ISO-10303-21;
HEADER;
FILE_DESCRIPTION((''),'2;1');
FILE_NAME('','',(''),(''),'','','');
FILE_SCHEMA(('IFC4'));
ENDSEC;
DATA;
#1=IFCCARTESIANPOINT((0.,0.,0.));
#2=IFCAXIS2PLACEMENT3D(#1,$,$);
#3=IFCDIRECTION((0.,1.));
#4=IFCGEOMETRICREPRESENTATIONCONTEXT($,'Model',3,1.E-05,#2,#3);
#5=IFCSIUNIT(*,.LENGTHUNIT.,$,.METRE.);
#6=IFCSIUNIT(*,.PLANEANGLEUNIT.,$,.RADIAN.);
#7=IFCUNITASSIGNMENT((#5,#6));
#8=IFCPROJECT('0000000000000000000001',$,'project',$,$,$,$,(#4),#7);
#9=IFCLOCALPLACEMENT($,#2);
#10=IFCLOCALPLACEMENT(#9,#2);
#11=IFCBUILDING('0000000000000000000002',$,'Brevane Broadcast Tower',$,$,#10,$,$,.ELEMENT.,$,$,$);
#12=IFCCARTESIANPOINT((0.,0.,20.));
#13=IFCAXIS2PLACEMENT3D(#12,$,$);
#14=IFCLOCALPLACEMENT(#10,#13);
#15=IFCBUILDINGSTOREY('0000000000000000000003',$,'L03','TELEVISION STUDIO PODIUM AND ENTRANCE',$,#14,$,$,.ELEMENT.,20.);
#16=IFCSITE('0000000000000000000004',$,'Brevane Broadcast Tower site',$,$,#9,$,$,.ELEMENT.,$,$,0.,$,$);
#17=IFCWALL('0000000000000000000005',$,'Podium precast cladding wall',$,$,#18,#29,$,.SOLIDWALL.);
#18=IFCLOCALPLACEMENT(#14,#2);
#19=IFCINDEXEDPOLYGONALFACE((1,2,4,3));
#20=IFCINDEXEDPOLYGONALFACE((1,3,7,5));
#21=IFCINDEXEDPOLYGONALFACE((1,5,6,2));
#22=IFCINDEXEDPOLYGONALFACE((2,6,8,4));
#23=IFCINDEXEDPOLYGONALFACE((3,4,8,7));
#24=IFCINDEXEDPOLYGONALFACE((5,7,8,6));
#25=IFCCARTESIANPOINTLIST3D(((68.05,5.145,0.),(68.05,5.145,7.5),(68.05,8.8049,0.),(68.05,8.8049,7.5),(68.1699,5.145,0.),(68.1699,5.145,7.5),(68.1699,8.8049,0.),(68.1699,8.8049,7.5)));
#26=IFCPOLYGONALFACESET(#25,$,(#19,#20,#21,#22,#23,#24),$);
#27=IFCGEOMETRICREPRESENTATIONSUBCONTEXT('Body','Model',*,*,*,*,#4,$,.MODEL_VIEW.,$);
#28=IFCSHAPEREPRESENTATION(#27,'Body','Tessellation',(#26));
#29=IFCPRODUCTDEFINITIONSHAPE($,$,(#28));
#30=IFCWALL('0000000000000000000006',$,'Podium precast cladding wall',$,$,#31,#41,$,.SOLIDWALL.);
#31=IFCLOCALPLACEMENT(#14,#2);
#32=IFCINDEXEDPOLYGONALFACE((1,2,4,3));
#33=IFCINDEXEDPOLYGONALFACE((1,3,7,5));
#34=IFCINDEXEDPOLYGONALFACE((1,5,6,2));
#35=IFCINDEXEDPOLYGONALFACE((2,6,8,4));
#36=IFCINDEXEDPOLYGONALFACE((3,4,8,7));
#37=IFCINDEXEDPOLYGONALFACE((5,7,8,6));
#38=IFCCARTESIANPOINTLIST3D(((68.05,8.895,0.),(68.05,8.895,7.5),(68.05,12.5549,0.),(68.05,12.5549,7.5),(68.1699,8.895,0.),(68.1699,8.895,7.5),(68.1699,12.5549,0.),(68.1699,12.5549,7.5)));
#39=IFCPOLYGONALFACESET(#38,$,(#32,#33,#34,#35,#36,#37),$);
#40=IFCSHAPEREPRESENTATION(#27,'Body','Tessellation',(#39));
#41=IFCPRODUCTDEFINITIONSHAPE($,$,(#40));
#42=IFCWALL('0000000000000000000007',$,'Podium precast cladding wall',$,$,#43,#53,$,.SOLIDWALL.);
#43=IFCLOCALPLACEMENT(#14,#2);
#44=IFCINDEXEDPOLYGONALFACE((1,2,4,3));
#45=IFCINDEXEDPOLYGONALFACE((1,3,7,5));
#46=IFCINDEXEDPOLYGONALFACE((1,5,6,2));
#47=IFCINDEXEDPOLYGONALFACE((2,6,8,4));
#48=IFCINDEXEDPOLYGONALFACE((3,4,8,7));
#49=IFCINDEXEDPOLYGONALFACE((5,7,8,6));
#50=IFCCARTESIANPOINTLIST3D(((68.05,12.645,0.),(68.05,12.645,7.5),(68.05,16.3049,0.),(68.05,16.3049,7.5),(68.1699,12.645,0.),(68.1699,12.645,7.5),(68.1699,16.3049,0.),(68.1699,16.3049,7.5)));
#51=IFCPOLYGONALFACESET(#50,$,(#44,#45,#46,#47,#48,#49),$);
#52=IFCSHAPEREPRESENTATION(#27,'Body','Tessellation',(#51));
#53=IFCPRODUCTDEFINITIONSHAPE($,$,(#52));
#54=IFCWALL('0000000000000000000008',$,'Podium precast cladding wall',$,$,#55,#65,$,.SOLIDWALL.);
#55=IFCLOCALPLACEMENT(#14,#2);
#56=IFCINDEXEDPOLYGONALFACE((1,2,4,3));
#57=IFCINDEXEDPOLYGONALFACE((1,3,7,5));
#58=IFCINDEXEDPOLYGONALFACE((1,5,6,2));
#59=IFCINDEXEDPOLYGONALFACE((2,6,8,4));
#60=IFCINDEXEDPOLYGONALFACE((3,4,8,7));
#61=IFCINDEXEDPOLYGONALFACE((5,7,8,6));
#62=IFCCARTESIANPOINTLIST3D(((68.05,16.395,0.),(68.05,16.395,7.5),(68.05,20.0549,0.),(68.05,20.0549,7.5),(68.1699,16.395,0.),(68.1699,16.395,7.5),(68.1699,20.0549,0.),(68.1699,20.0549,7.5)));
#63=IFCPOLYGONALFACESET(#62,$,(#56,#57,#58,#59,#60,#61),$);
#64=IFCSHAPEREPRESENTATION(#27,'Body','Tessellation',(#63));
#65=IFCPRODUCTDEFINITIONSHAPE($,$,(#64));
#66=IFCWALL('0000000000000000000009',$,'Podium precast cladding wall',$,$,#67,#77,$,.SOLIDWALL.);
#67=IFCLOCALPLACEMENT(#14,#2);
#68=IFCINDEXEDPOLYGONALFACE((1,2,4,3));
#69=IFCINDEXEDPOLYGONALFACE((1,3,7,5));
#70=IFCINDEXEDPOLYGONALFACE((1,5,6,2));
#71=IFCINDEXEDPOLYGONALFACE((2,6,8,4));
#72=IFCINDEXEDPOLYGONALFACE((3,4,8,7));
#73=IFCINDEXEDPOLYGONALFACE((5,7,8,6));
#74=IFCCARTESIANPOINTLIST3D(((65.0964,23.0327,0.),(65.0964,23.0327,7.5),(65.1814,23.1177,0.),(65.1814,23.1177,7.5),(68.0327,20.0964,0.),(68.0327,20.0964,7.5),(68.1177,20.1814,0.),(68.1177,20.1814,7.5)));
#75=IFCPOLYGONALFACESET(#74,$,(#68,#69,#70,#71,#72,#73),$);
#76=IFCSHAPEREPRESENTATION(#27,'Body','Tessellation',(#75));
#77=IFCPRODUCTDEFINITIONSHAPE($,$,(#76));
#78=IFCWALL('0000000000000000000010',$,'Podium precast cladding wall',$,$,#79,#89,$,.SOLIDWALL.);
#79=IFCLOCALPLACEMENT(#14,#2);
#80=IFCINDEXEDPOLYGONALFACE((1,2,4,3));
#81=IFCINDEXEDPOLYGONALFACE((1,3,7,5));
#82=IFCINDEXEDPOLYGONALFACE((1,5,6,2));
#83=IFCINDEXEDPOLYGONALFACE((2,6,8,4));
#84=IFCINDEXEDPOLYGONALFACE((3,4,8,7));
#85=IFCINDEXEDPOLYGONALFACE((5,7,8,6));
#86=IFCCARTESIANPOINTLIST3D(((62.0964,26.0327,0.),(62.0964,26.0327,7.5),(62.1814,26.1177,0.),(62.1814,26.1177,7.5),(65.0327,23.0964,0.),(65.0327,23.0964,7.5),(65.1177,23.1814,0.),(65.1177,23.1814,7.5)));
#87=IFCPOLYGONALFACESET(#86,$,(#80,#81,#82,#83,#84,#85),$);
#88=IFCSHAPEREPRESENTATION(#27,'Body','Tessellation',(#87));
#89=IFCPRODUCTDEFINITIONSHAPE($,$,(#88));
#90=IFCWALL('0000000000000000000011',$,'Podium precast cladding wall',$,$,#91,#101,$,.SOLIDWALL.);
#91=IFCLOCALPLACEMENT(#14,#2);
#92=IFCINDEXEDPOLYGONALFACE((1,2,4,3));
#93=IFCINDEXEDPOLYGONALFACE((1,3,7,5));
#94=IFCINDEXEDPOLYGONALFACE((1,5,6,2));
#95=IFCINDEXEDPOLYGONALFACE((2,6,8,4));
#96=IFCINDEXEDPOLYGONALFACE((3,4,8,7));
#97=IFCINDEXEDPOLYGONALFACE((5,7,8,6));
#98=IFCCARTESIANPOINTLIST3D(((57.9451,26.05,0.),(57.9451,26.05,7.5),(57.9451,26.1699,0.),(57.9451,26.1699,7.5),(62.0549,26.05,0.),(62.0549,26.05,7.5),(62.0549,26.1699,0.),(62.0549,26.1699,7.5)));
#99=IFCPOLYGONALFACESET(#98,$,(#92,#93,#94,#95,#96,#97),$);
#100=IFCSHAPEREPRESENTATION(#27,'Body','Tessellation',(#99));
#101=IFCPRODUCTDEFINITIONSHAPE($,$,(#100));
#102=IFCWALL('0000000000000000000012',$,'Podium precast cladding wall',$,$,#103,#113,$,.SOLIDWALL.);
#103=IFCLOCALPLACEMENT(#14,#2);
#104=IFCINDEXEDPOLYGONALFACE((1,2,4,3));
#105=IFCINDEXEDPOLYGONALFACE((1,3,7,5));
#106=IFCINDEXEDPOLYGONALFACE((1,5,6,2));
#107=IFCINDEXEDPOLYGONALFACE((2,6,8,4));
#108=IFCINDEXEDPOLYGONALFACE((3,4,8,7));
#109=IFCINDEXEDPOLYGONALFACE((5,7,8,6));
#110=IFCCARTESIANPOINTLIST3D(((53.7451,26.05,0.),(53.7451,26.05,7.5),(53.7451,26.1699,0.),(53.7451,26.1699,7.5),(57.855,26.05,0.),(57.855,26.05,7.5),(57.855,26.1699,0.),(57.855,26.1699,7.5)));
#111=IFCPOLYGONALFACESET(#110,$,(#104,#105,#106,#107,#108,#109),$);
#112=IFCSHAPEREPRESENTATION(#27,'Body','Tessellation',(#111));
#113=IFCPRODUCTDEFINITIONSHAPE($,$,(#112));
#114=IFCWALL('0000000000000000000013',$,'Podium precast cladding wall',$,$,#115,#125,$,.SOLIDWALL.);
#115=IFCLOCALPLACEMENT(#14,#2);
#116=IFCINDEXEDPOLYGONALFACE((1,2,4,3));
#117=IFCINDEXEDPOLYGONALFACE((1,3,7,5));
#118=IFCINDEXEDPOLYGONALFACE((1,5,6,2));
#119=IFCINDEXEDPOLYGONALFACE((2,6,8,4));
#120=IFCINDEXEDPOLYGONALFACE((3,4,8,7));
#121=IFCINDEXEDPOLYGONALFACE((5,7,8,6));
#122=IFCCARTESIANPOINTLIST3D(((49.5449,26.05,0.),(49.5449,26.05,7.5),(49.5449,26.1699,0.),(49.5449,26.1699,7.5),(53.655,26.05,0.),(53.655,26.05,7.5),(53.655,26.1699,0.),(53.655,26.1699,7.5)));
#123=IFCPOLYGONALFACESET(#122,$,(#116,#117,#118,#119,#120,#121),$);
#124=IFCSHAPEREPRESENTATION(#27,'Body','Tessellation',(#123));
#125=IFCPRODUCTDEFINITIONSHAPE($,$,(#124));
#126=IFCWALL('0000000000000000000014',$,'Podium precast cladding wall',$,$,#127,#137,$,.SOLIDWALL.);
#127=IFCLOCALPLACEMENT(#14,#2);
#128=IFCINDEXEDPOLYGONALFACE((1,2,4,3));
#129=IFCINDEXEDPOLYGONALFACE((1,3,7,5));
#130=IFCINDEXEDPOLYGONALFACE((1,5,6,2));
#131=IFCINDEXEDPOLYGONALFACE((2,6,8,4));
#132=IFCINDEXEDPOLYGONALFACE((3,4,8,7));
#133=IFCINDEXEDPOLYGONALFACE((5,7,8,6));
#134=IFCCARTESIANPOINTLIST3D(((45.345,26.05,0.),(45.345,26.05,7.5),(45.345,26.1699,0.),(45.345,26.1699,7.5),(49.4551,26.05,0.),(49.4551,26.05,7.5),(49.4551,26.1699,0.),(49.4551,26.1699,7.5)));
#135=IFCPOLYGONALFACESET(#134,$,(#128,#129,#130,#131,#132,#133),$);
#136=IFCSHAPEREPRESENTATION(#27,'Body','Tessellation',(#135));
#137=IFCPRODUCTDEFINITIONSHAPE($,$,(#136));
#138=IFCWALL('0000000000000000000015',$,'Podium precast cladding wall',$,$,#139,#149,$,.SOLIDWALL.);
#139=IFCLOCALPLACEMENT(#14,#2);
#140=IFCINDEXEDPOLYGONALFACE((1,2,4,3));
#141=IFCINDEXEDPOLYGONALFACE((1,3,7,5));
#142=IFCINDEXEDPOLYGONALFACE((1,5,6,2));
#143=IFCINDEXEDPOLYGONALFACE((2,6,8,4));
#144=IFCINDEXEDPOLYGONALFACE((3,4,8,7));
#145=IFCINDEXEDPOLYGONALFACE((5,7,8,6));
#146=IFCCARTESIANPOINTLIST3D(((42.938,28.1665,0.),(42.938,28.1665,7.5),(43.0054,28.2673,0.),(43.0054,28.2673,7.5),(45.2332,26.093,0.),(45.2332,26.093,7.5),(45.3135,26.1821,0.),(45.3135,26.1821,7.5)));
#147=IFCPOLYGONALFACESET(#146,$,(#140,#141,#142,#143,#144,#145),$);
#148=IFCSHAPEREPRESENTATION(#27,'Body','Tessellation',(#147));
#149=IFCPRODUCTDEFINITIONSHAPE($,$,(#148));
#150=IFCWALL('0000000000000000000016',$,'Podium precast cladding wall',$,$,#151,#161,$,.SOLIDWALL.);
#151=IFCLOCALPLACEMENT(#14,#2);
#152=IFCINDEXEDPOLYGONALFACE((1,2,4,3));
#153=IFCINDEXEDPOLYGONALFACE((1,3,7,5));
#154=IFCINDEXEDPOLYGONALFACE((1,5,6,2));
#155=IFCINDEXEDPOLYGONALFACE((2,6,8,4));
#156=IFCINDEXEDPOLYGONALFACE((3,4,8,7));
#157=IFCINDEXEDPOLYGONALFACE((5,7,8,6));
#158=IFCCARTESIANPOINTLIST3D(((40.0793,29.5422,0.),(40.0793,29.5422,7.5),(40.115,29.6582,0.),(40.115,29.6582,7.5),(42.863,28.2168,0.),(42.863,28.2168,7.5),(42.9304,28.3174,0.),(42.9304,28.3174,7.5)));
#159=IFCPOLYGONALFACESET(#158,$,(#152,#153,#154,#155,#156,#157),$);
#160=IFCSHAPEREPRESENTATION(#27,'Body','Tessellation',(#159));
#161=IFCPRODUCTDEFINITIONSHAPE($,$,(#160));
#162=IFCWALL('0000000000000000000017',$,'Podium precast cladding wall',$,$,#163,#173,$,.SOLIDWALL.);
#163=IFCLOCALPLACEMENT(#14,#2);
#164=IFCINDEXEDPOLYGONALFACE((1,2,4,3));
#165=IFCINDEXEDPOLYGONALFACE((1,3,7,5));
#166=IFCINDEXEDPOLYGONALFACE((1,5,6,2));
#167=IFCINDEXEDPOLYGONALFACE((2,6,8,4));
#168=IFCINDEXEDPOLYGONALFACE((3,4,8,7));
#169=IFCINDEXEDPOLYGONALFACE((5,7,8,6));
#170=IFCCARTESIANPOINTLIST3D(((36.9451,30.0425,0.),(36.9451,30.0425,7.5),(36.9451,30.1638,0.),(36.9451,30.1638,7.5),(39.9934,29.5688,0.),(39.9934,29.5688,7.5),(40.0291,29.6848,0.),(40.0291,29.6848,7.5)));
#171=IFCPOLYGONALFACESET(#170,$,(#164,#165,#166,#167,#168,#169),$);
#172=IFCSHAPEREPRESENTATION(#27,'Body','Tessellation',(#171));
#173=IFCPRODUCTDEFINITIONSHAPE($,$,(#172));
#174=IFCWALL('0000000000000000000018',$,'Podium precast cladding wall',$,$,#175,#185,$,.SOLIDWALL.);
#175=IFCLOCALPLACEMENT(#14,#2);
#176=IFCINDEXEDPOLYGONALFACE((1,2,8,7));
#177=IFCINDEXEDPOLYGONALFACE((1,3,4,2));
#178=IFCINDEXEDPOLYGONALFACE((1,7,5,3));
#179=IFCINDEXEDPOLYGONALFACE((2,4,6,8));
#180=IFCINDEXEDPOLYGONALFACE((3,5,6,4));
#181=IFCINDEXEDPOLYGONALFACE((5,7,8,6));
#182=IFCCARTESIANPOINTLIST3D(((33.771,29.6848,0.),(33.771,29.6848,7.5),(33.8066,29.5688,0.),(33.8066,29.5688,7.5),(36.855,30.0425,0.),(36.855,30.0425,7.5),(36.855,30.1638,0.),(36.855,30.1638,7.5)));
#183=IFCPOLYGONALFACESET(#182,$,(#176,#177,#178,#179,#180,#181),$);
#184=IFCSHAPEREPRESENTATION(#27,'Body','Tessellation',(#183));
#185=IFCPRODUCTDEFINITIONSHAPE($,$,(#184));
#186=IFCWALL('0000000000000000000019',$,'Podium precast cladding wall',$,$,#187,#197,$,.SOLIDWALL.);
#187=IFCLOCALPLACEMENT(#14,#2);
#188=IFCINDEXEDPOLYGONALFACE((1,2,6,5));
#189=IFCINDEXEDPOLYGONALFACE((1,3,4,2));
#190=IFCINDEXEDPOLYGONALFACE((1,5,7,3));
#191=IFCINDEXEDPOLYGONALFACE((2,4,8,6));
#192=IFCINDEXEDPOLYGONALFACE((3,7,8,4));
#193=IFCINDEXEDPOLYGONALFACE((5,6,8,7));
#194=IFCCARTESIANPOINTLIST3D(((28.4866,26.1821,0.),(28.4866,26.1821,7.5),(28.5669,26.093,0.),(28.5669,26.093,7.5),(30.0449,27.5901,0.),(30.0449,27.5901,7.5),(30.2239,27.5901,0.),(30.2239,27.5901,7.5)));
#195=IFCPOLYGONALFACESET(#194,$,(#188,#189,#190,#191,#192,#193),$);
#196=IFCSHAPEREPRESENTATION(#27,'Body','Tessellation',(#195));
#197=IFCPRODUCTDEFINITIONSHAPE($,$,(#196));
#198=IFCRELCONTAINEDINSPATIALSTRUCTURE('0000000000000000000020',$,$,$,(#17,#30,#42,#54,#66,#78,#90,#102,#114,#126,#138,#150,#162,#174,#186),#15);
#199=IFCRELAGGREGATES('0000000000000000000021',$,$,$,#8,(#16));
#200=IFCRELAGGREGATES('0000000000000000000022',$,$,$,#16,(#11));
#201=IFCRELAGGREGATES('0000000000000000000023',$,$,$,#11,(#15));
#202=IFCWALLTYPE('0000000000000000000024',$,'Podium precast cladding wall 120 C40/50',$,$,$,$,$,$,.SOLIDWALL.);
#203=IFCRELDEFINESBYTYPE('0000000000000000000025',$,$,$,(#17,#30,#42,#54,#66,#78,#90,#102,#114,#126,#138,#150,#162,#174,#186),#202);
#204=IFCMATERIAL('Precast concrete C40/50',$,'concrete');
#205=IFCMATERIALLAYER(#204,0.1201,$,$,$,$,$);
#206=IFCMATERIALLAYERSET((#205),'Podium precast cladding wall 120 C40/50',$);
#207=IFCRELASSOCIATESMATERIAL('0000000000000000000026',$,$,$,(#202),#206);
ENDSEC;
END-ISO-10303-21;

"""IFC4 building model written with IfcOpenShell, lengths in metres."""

from ifc_helpers import new_model, si_unit, direction, frame, origin, place, context, subcontext, project, spatial, polyline, outline, extrude, material, layer, layer_set, type_object, element, save


model = new_model("IFC4")

# Units and contexts
model_context = context("Model", 3, precision=1e-05, world=origin(), true_north=direction((0.0, 1.0)))
body_context = subcontext(model_context, "Body", "Model", "MODEL_VIEW")
ifc_project = project(units=[si_unit("LENGTHUNIT", "METRE"), si_unit("PLANEANGLEUNIT", "RADIAN")], contexts=[model_context])

# Site, building, storey
site_placement = place(None, origin())
site = spatial("IfcSite", under=ifc_project, at=site_placement, Name="Brevane Broadcast Tower site", CompositionType="ELEMENT", RefElevation=0.0)
building_placement = place(site_placement, origin())
building = spatial("IfcBuilding", under=site, at=building_placement, Name="Brevane Broadcast Tower", CompositionType="ELEMENT")
storey_placement = place(building_placement, frame((0.0, 0.0, 20.0)))
storey = spatial("IfcBuildingStorey", under=building, at=storey_placement, Name="L03", Description="TELEVISION STUDIO PODIUM AND ENTRANCE", CompositionType="ELEMENT", Elevation=20.0)

# Walls
ifc_material = material(Name="Precast concrete C40/50", Category="concrete")
ifc_layer = layer(ifc_material, 0.1201)
ifc_layer_set = layer_set([ifc_layer], Name="Podium precast cladding wall 120 C40/50")
wall_type = type_object("IfcWallType", Name="Podium precast cladding wall 120 C40/50", PredefinedType="SOLIDWALL", material=ifc_layer_set)
wall_1_placement = place(storey_placement, origin())
element("IfcWall", 1, at=wall_1_placement, inside=storey, type_object=wall_type, Name="Podium precast cladding wall", PredefinedType="SOLIDWALL", context=body_context, shape_type="SweptSolid", body=[
    extrude(outline(polyline([(68.1699, 8.8049), (68.05, 8.8049), (68.05, 5.145), (68.1699, 5.145), (68.1699, 8.8049)])), origin(), (0.0, 0.0, 1.0), 7.5),
])
wall_2_placement = place(storey_placement, origin())
element("IfcWall", 2, at=wall_2_placement, inside=storey, type_object=wall_type, Name="Podium precast cladding wall", PredefinedType="SOLIDWALL", context=body_context, shape_type="SweptSolid", body=[
    extrude(outline(polyline([(68.1699, 12.5549), (68.05, 12.5549), (68.05, 8.895), (68.1699, 8.895), (68.1699, 12.5549)])), origin(), (0.0, 0.0, 1.0), 7.5),
])
wall_3_placement = place(storey_placement, origin())
element("IfcWall", 3, at=wall_3_placement, inside=storey, type_object=wall_type, Name="Podium precast cladding wall", PredefinedType="SOLIDWALL", context=body_context, shape_type="SweptSolid", body=[
    extrude(outline(polyline([(68.1699, 16.3049), (68.05, 16.3049), (68.05, 12.645), (68.1699, 12.645), (68.1699, 16.3049)])), origin(), (0.0, 0.0, 1.0), 7.5),
])
wall_4_placement = place(storey_placement, origin())
element("IfcWall", 4, at=wall_4_placement, inside=storey, type_object=wall_type, Name="Podium precast cladding wall", PredefinedType="SOLIDWALL", context=body_context, shape_type="SweptSolid", body=[
    extrude(outline(polyline([(68.1699, 20.0549), (68.05, 20.0549), (68.05, 16.395), (68.1699, 16.395), (68.1699, 20.0549)])), origin(), (0.0, 0.0, 1.0), 7.5),
])
wall_5_placement = place(storey_placement, origin())
element("IfcWall", 5, at=wall_5_placement, inside=storey, type_object=wall_type, Name="Podium precast cladding wall", PredefinedType="SOLIDWALL", context=body_context, shape_type="SweptSolid", body=[
    extrude(outline(polyline([(68.0327, 20.0964), (65.0964, 23.0327), (65.1814, 23.1177), (68.1177, 20.1814), (68.0327, 20.0964)])), origin(), (0.0, 0.0, 1.0), 7.5),
])
wall_6_placement = place(storey_placement, origin())
element("IfcWall", 6, at=wall_6_placement, inside=storey, type_object=wall_type, Name="Podium precast cladding wall", PredefinedType="SOLIDWALL", context=body_context, shape_type="SweptSolid", body=[
    extrude(outline(polyline([(65.0327, 23.0964), (62.0964, 26.0327), (62.1814, 26.1177), (65.1177, 23.1814), (65.0327, 23.0964)])), origin(), (0.0, 0.0, 1.0), 7.5),
])
wall_7_placement = place(storey_placement, origin())
element("IfcWall", 7, at=wall_7_placement, inside=storey, type_object=wall_type, Name="Podium precast cladding wall", PredefinedType="SOLIDWALL", context=body_context, shape_type="SweptSolid", body=[
    extrude(outline(polyline([(57.9451, 26.1699), (57.9451, 26.05), (62.0549, 26.05), (62.0549, 26.1699), (57.9451, 26.1699)])), origin(), (0.0, 0.0, 1.0), 7.5),
])
wall_8_placement = place(storey_placement, origin())
element("IfcWall", 8, at=wall_8_placement, inside=storey, type_object=wall_type, Name="Podium precast cladding wall", PredefinedType="SOLIDWALL", context=body_context, shape_type="SweptSolid", body=[
    extrude(outline(polyline([(53.7451, 26.1699), (53.7451, 26.05), (57.855, 26.05), (57.855, 26.1699), (53.7451, 26.1699)])), origin(), (0.0, 0.0, 1.0), 7.5),
])
wall_9_placement = place(storey_placement, origin())
element("IfcWall", 9, at=wall_9_placement, inside=storey, type_object=wall_type, Name="Podium precast cladding wall", PredefinedType="SOLIDWALL", context=body_context, shape_type="SweptSolid", body=[
    extrude(outline(polyline([(49.5449, 26.1699), (49.5449, 26.05), (53.655, 26.05), (53.655, 26.1699), (49.5449, 26.1699)])), origin(), (0.0, 0.0, 1.0), 7.5),
])
wall_10_placement = place(storey_placement, origin())
element("IfcWall", 10, at=wall_10_placement, inside=storey, type_object=wall_type, Name="Podium precast cladding wall", PredefinedType="SOLIDWALL", context=body_context, shape_type="SweptSolid", body=[
    extrude(outline(polyline([(45.345, 26.1699), (45.345, 26.05), (49.4551, 26.05), (49.4551, 26.1699), (45.345, 26.1699)])), origin(), (0.0, 0.0, 1.0), 7.5),
])
wall_11_placement = place(storey_placement, origin())
element("IfcWall", 11, at=wall_11_placement, inside=storey, type_object=wall_type, Name="Podium precast cladding wall", PredefinedType="SOLIDWALL", context=body_context, shape_type="SweptSolid", body=[
    extrude(outline(polyline([(45.2332, 26.093), (45.3135, 26.1821), (43.0054, 28.2673), (42.938, 28.1665), (45.2332, 26.093)])), origin(), (0.0, 0.0, 1.0), 7.5),
])
wall_12_placement = place(storey_placement, origin())
element("IfcWall", 12, at=wall_12_placement, inside=storey, type_object=wall_type, Name="Podium precast cladding wall", PredefinedType="SOLIDWALL", context=body_context, shape_type="SweptSolid", body=[
    extrude(outline(polyline([(42.863, 28.2168), (42.9304, 28.3174), (40.115, 29.6582), (40.0793, 29.5422), (42.863, 28.2168)])), origin(), (0.0, 0.0, 1.0), 7.5),
])
wall_13_placement = place(storey_placement, origin())
element("IfcWall", 13, at=wall_13_placement, inside=storey, type_object=wall_type, Name="Podium precast cladding wall", PredefinedType="SOLIDWALL", context=body_context, shape_type="SweptSolid", body=[
    extrude(outline(polyline([(39.9934, 29.5688), (40.0291, 29.6848), (36.9451, 30.1638), (36.9451, 30.0425), (39.9934, 29.5688)])), origin(), (0.0, 0.0, 1.0), 7.5),
])
wall_14_placement = place(storey_placement, origin())
element("IfcWall", 14, at=wall_14_placement, inside=storey, type_object=wall_type, Name="Podium precast cladding wall", PredefinedType="SOLIDWALL", context=body_context, shape_type="SweptSolid", body=[
    extrude(outline(polyline([(36.855, 30.0425), (36.855, 30.1638), (33.771, 29.6848), (33.8066, 29.5688), (36.855, 30.0425)])), origin(), (0.0, 0.0, 1.0), 7.5),
])
wall_15_placement = place(storey_placement, origin())
element("IfcWall", 15, at=wall_15_placement, inside=storey, type_object=wall_type, Name="Podium precast cladding wall", PredefinedType="SOLIDWALL", context=body_context, shape_type="SweptSolid", body=[
    extrude(outline(polyline([(30.2239, 27.5901), (30.0449, 27.5901), (28.4866, 26.1821), (28.5669, 26.093), (30.2239, 27.5901)])), origin(), (0.0, 0.0, 1.0), 7.5),
])

save(model, "model.ifc")
